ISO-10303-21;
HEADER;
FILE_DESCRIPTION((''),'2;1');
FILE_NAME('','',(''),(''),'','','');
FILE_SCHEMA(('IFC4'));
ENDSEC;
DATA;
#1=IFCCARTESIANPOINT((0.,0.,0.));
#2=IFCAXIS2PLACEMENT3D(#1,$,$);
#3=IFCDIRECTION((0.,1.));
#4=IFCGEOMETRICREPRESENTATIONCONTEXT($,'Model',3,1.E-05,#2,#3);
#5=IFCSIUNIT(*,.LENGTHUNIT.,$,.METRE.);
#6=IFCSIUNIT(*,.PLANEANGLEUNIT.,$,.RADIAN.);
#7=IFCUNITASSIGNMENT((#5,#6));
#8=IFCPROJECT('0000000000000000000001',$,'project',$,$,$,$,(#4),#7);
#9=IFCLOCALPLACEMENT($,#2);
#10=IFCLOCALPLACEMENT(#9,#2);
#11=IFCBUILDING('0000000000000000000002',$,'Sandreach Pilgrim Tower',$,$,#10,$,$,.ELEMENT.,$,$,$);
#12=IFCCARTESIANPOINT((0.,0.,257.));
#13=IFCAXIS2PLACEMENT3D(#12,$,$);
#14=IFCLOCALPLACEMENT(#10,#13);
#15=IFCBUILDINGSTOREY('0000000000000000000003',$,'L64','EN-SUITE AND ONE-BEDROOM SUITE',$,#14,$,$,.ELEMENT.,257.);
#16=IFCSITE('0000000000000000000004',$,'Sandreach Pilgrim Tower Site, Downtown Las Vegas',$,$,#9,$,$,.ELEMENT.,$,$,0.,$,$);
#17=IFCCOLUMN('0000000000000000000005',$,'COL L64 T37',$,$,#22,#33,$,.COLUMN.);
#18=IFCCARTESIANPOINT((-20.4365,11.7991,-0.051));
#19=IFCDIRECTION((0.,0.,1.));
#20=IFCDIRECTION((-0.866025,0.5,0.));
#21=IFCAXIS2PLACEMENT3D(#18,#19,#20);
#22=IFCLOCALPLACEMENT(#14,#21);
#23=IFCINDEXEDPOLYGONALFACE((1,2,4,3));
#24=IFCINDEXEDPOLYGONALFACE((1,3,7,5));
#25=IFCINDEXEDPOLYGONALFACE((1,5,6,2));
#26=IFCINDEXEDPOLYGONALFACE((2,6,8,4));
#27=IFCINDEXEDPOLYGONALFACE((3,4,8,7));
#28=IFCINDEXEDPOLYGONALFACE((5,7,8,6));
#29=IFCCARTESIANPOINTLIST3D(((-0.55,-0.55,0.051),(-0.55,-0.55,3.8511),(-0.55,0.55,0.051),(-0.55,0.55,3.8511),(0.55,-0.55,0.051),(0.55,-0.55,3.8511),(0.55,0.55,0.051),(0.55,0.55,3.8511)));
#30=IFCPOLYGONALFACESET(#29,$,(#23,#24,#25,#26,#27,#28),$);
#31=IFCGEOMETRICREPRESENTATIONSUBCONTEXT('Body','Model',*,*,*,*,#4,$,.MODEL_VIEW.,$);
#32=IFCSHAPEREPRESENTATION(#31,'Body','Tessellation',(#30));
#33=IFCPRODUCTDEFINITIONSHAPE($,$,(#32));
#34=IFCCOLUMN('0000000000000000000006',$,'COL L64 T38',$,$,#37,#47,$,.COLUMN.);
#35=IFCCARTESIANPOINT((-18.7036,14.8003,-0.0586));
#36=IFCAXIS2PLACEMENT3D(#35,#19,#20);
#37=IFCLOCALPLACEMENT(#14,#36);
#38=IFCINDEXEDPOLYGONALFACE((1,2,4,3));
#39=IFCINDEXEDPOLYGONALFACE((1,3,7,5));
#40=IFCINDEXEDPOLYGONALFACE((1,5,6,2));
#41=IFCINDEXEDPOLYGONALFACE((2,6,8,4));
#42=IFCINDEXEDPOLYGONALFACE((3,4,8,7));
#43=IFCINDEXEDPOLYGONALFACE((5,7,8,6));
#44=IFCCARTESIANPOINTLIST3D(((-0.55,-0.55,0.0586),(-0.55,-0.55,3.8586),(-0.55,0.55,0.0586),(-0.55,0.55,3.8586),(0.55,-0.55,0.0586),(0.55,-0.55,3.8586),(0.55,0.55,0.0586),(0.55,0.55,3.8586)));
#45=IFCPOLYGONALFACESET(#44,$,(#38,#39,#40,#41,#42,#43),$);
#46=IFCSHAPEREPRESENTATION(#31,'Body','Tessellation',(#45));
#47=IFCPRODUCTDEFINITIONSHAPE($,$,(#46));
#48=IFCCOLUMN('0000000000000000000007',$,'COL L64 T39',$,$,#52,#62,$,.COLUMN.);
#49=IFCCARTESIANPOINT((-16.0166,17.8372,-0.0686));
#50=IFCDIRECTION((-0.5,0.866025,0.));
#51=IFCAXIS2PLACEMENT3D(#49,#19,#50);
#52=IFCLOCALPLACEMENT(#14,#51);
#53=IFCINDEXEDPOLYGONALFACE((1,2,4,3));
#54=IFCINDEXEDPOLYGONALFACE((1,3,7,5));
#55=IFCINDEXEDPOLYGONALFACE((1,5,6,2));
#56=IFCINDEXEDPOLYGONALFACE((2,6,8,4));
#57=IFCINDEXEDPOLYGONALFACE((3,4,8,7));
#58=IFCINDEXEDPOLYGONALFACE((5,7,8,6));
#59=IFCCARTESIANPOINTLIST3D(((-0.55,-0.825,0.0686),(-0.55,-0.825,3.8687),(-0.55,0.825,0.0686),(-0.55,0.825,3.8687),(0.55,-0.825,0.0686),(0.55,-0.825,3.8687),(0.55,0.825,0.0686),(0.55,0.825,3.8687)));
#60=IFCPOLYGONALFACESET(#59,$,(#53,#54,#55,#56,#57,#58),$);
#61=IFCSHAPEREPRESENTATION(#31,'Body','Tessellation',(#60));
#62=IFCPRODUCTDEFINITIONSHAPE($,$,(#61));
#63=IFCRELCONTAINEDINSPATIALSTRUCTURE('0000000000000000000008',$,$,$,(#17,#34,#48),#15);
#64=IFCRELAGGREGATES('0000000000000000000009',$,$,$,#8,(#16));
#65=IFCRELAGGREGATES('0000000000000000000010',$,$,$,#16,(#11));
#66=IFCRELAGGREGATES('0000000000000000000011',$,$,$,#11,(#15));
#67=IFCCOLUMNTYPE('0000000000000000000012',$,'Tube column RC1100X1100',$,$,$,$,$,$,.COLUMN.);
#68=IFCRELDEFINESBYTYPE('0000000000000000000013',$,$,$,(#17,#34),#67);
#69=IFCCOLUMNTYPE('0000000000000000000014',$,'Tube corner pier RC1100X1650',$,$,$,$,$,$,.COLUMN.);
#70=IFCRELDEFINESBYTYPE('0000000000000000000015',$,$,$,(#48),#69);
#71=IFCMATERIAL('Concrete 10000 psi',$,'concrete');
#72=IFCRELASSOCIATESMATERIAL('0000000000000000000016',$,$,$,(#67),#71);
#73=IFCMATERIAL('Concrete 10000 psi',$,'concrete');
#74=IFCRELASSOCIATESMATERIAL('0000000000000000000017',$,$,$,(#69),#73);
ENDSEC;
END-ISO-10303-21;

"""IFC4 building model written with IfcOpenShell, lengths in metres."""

from ifc_helpers import new_model, si_unit, direction, frame, origin, origin_2d, place, context, subcontext, project, spatial, rectangle, extrude, clip, halfspace, material, material_profile, profile_set, type_object, element, save


model = new_model("IFC4")

# Units and contexts
model_context = context("Model", 3, precision=1e-05, world=origin(), true_north=direction((0.0, 1.0)))
body_context = subcontext(model_context, "Body", "Model", "MODEL_VIEW")
ifc_project = project(units=[si_unit("LENGTHUNIT", "METRE"), si_unit("PLANEANGLEUNIT", "RADIAN")], contexts=[model_context])

# Site, building, storey
site_placement = place(None, origin())
site = spatial("IfcSite", under=ifc_project, at=site_placement, Name="Sandreach Pilgrim Tower Site, Downtown Las Vegas", CompositionType="ELEMENT", RefElevation=0.0)
building_placement = place(site_placement, origin())
building = spatial("IfcBuilding", under=site, at=building_placement, Name="Sandreach Pilgrim Tower", CompositionType="ELEMENT")
storey_placement = place(building_placement, frame((0.0, 0.0, 257.0)))
storey = spatial("IfcBuildingStorey", under=building, at=storey_placement, Name="L64", Description="EN-SUITE AND ONE-BEDROOM SUITE", CompositionType="ELEMENT", Elevation=257.0)

# Columns
ifc_material_1 = material(Name="Concrete 10000 psi", Category="concrete")
ifc_material_profile_1 = material_profile(ifc_material_1, rectangle(XDim=1.1001, YDim=1.1001, at=origin_2d()), Name="RC1100X1100")
ifc_profile_set_1 = profile_set([ifc_material_profile_1], Name="Concrete 10000 psi")
column_type_1 = type_object("IfcColumnType", Name="Tube column RC1100X1100", PredefinedType="COLUMN", material=ifc_profile_set_1)
column_1_placement = place(storey_placement, frame((-20.4365, 11.7991, -0.051), z_axis=(0.0, 0.0, 1.0), x_axis=(-0.866025, 0.5, 0.0)))
element("IfcColumn", 1, at=column_1_placement, inside=storey, type_object=column_type_1, Name="COL L64 T37", PredefinedType="COLUMN", context=body_context, shape_type="SweptSolid", body=[
    clip(extrude(rectangle(XDim=1.1001, YDim=1.1001, at=origin_2d()), origin(), (0.0, 0.0, 1.0), 3.8511), halfspace(frame((0.0, 0.0, 0.051)), True)),
])
column_2_placement = place(storey_placement, frame((-18.7036, 14.8003, -0.0586), z_axis=(0.0, 0.0, 1.0), x_axis=(-0.866025, 0.5, 0.0)))
element("IfcColumn", 2, at=column_2_placement, inside=storey, type_object=column_type_1, Name="COL L64 T38", PredefinedType="COLUMN", context=body_context, shape_type="SweptSolid", body=[
    clip(extrude(rectangle(XDim=1.1001, YDim=1.1001, at=origin_2d()), origin(), (0.0, 0.0, 1.0), 3.8586), halfspace(frame((0.0, 0.0, 0.0586)), True)),
])
ifc_material_2 = material(Name="Concrete 10000 psi", Category="concrete")
ifc_material_profile_2 = material_profile(ifc_material_2, rectangle(XDim=1.1001, YDim=1.6499, at=origin_2d()), Name="RC1100X1650")
ifc_profile_set_2 = profile_set([ifc_material_profile_2], Name="Concrete 10000 psi")
column_type_2 = type_object("IfcColumnType", Name="Tube corner pier RC1100X1650", PredefinedType="COLUMN", material=ifc_profile_set_2)
column_3_placement = place(storey_placement, frame((-16.0166, 17.8372, -0.0686), z_axis=(0.0, 0.0, 1.0), x_axis=(-0.5, 0.866025, 0.0)))
element("IfcColumn", 3, at=column_3_placement, inside=storey, type_object=column_type_2, Name="COL L64 T39", PredefinedType="COLUMN", context=body_context, shape_type="SweptSolid", body=[
    clip(extrude(rectangle(XDim=1.1001, YDim=1.6499, at=origin_2d()), origin(), (0.0, 0.0, 1.0), 3.8687), halfspace(frame((0.0, 0.0, 0.0686)), True)),
])

save(model, "model.ifc")
